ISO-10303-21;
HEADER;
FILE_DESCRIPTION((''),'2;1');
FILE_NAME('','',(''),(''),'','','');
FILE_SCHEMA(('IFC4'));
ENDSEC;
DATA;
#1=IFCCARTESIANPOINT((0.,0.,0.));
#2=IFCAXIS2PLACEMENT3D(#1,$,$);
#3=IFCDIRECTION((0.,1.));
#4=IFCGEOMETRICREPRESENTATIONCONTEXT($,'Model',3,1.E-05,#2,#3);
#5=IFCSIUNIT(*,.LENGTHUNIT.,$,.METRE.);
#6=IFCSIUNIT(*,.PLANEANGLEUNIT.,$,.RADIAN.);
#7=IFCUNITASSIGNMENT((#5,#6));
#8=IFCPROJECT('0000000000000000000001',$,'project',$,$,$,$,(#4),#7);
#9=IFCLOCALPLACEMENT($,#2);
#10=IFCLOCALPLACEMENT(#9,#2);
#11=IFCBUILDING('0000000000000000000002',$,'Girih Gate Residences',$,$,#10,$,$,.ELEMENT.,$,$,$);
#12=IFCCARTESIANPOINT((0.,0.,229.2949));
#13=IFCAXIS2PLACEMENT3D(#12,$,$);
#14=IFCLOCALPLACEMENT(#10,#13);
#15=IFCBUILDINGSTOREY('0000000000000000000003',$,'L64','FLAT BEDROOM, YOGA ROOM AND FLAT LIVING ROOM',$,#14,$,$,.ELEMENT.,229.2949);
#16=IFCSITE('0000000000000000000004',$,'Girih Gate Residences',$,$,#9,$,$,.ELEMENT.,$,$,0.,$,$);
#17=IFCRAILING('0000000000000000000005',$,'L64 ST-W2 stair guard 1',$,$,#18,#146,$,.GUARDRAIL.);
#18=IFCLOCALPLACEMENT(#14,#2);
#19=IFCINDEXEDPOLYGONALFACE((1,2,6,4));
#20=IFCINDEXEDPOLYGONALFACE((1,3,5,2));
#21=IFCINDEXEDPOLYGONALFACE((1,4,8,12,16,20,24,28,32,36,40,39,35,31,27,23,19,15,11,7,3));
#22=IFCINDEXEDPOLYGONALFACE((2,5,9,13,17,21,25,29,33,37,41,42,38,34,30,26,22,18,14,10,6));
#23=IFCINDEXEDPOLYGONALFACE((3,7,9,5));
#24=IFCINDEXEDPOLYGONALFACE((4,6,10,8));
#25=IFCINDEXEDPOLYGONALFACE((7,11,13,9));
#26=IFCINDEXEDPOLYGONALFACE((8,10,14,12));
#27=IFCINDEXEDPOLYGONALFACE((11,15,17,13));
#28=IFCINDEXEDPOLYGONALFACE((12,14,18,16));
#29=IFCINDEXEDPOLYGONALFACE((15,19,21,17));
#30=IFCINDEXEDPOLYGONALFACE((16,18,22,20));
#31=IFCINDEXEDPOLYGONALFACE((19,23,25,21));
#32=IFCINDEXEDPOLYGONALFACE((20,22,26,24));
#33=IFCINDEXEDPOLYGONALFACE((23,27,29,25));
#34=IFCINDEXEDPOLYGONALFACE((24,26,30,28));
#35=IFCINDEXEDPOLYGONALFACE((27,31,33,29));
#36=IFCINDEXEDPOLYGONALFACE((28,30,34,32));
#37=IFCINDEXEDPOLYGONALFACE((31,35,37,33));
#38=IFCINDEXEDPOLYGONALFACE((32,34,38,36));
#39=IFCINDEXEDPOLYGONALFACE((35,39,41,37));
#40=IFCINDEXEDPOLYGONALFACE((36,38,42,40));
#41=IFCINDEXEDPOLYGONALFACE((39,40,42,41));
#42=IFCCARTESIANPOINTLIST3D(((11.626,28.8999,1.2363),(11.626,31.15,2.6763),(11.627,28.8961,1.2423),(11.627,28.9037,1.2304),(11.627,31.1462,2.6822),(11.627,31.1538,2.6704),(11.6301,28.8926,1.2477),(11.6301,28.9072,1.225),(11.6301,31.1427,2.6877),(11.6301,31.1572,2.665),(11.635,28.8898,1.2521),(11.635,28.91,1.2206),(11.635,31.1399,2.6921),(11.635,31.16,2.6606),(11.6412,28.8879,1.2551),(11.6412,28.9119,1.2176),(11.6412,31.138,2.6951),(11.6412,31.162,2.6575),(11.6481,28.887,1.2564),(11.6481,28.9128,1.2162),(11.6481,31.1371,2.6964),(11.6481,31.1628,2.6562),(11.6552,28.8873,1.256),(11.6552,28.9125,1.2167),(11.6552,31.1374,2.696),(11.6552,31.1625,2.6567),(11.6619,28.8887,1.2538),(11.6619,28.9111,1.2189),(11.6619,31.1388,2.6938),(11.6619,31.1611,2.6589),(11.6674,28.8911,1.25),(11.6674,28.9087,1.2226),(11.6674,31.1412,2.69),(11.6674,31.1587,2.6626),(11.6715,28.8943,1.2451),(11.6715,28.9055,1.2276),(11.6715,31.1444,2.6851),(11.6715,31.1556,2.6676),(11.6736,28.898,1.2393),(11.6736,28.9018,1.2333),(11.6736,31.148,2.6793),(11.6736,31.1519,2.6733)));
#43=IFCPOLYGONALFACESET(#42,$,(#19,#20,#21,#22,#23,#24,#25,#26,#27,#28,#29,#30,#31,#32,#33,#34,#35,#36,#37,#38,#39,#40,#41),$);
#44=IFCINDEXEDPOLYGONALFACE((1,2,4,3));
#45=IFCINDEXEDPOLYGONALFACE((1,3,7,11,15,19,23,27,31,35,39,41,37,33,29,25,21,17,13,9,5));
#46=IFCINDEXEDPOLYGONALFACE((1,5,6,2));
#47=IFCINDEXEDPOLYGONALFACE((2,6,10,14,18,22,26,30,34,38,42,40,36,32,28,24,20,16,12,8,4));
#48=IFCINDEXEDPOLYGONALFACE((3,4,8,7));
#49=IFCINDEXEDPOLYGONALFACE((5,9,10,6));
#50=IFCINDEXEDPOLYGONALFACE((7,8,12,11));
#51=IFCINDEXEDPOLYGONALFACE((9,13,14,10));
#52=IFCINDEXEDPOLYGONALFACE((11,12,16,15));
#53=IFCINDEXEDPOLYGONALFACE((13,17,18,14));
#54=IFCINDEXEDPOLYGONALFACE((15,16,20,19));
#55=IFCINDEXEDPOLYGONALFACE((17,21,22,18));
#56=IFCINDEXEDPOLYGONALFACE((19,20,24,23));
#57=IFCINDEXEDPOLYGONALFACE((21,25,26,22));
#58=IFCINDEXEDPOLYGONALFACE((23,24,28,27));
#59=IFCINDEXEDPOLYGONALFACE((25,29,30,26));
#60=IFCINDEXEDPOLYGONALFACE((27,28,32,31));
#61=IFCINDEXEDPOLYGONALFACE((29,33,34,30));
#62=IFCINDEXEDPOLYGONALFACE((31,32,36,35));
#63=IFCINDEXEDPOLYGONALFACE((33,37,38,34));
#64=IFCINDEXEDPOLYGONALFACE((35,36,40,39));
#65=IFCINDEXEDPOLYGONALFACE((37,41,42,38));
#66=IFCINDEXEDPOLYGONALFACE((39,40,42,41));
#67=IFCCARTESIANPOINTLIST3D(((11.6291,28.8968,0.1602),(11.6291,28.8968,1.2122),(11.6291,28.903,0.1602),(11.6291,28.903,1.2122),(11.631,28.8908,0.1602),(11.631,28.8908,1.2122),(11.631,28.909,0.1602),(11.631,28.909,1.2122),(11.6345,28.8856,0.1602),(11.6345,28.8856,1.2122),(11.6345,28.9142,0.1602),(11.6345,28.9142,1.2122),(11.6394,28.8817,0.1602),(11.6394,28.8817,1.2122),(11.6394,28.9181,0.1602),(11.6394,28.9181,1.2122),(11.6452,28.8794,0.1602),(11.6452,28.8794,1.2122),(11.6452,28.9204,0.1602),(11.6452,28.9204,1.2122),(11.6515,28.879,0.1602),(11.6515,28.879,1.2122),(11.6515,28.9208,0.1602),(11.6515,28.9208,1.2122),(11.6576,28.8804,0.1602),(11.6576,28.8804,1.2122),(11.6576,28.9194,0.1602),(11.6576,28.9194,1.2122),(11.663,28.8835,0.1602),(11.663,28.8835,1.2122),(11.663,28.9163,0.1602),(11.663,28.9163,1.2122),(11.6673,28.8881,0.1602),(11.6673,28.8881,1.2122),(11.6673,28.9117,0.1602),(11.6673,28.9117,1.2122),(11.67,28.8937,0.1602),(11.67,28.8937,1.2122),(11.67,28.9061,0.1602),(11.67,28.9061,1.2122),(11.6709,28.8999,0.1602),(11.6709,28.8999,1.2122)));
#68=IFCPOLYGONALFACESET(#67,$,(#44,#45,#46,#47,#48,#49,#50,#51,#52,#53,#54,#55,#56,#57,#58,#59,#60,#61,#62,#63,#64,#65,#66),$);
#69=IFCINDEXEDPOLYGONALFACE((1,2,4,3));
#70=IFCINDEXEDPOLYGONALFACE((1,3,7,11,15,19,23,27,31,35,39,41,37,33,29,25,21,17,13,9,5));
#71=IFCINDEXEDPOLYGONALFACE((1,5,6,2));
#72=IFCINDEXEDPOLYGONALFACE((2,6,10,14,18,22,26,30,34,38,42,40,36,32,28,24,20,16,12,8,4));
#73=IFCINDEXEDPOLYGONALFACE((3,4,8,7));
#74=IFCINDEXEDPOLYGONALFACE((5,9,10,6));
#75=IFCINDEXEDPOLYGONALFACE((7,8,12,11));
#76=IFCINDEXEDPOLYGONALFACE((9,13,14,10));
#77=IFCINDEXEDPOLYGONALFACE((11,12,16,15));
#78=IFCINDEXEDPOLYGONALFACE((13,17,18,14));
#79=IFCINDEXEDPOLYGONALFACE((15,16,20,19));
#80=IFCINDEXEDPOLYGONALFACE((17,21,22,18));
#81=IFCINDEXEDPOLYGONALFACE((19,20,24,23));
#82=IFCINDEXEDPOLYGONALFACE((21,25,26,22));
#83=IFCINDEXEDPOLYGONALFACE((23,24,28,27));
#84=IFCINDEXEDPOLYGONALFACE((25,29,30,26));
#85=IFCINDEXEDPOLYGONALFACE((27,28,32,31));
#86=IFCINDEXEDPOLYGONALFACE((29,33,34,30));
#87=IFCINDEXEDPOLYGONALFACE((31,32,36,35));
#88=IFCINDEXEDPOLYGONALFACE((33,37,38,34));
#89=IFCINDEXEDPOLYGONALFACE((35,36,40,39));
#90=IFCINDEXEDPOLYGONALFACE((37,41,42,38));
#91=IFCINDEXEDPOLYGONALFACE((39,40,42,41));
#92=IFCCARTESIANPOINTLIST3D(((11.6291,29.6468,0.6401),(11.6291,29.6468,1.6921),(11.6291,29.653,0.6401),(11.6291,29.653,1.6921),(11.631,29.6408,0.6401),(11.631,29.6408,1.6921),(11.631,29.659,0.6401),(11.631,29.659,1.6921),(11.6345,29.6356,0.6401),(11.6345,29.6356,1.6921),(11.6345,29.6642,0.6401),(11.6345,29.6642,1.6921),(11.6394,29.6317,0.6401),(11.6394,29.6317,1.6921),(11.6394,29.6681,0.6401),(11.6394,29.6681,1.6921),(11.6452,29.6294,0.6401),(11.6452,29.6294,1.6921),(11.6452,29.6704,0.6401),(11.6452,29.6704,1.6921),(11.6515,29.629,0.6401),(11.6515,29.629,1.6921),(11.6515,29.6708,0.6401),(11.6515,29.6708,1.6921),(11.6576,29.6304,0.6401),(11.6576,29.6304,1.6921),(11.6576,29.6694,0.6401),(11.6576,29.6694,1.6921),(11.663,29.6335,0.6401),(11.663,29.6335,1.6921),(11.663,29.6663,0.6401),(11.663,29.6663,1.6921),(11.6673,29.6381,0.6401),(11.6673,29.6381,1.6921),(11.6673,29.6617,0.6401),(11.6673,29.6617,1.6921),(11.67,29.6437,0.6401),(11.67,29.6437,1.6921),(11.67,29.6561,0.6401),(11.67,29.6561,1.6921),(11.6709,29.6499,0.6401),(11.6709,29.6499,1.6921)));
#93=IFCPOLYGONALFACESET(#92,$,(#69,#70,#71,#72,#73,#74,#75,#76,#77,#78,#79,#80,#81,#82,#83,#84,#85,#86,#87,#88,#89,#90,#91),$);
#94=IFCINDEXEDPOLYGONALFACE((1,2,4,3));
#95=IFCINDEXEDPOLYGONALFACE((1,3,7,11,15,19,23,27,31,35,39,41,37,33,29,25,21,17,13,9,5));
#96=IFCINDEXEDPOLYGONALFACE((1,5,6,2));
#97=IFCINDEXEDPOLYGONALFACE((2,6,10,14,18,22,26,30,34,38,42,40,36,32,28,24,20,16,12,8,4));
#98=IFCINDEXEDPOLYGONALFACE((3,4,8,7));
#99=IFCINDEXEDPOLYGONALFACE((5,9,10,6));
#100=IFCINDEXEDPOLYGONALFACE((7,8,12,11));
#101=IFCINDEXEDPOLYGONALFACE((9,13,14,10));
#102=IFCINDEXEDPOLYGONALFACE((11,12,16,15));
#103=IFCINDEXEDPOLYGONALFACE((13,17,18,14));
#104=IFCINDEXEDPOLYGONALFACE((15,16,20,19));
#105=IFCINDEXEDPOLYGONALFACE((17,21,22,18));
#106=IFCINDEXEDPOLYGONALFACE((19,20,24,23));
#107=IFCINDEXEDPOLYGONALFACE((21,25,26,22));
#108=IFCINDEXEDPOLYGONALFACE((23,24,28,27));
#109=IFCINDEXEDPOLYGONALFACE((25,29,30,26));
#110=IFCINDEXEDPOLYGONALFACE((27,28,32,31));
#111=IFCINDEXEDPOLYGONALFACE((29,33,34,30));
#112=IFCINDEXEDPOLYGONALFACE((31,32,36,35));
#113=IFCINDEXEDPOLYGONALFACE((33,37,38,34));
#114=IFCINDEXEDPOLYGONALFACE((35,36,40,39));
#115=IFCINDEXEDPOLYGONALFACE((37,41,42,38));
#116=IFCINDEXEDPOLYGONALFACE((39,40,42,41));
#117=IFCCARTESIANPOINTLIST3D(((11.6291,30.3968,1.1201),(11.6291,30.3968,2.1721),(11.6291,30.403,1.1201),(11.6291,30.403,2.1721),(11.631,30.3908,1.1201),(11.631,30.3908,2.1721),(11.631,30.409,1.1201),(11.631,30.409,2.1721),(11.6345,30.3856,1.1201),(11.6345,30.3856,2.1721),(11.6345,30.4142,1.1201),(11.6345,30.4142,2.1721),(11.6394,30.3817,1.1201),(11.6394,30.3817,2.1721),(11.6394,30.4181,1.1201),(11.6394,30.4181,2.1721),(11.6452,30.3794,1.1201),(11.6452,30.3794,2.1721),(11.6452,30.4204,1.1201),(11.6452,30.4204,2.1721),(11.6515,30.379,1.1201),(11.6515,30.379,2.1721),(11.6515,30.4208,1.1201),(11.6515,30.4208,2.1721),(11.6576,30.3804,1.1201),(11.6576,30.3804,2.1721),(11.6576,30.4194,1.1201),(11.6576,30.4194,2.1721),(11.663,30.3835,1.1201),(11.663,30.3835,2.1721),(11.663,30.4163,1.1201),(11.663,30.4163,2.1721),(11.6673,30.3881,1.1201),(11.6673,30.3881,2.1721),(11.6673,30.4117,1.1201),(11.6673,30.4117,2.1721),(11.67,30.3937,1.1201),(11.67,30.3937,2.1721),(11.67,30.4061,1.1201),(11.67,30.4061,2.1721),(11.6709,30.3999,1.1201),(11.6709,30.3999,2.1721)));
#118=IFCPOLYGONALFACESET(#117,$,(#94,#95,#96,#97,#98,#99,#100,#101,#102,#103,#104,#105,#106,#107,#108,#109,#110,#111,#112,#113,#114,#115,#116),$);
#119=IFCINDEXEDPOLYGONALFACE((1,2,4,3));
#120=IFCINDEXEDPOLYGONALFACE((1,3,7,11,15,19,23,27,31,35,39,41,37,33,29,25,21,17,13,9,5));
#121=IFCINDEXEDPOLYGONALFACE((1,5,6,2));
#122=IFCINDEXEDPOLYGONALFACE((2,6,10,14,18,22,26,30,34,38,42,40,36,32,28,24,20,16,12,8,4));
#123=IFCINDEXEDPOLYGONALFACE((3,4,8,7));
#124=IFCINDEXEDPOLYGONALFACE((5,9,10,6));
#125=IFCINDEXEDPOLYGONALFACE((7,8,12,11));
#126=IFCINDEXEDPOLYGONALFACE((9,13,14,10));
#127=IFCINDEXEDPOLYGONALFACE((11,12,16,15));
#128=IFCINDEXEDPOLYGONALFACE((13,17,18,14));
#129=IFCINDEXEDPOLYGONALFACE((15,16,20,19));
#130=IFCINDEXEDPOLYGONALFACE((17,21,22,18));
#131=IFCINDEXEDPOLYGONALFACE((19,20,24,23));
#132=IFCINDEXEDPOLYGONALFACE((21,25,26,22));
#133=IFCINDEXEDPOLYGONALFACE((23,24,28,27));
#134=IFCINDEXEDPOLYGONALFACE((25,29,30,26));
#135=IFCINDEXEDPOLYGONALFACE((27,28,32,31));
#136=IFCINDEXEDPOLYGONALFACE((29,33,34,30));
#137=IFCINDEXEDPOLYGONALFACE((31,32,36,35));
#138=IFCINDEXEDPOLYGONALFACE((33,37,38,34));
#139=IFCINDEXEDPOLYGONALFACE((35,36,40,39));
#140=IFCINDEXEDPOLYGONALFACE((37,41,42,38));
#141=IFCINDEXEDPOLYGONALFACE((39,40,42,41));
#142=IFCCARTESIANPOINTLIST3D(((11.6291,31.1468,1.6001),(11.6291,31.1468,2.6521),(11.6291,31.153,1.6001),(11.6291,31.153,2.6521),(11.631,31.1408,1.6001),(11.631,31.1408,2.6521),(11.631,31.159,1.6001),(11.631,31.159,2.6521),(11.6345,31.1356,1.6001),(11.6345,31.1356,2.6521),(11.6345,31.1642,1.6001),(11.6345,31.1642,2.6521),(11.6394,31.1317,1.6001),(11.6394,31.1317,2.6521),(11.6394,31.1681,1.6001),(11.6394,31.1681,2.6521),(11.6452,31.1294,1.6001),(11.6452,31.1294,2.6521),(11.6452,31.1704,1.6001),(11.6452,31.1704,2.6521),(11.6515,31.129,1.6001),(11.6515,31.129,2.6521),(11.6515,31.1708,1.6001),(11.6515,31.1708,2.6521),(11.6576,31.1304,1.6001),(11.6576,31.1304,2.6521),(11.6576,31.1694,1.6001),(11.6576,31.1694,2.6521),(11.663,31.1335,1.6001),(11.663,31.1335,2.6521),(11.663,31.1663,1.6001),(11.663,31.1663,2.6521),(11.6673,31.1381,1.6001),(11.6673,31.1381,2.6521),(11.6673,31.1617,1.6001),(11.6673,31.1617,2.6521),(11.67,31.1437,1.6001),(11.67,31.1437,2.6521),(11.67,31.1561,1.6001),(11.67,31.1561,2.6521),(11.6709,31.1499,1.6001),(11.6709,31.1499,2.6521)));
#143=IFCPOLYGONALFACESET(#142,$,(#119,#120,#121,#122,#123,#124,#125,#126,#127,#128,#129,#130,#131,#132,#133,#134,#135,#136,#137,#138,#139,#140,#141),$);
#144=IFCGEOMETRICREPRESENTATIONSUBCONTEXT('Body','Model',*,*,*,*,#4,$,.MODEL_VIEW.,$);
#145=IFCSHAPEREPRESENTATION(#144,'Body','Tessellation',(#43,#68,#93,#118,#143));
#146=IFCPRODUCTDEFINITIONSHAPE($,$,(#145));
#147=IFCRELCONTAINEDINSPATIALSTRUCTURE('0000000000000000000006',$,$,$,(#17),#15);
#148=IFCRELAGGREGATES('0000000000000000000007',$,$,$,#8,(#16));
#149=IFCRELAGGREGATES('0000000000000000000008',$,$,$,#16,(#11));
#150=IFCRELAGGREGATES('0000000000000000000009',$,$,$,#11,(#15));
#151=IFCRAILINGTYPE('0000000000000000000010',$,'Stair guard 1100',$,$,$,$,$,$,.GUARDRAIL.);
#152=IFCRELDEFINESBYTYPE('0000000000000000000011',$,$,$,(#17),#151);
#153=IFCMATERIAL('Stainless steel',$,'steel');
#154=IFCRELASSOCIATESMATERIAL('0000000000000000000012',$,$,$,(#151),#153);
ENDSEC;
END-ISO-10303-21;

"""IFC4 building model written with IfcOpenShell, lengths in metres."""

from ifc_helpers import new_model, si_unit, direction, frame, origin, origin_2d, place, context, subcontext, project, spatial, circle, extrude, material, type_object, element, save


model = new_model("IFC4")

# Units and contexts
model_context = context("Model", 3, precision=1e-05, world=origin(), true_north=direction((0.0, 1.0)))
body_context = subcontext(model_context, "Body", "Model", "MODEL_VIEW")
ifc_project = project(units=[si_unit("LENGTHUNIT", "METRE"), si_unit("PLANEANGLEUNIT", "RADIAN")], contexts=[model_context])

# Site, building, storey
site_placement = place(None, origin())
site = spatial("IfcSite", under=ifc_project, at=site_placement, Name="Girih Gate Residences", CompositionType="ELEMENT", RefElevation=0.0)
building_placement = place(site_placement, origin())
building = spatial("IfcBuilding", under=site, at=building_placement, Name="Girih Gate Residences", CompositionType="ELEMENT")
storey_placement = place(building_placement, frame((0.0, 0.0, 229.2949)))
storey = spatial("IfcBuildingStorey", under=building, at=storey_placement, Name="L64", Description="FLAT BEDROOM, YOGA ROOM AND FLAT LIVING ROOM", CompositionType="ELEMENT", Elevation=229.2949)

# Railing
ifc_material_1 = material(Name="Stainless steel", Category="steel")
railing_type_1 = type_object("IfcRailingType", Name="Stair guard 1100", PredefinedType="GUARDRAIL", material=ifc_material_1)
railing_1_placement = place(storey_placement, frame((11.6499, 28.8999, 0.1602)))
element("IfcRailing", 1, at=railing_1_placement, inside=storey, type_object=railing_type_1, Name="L64 ST-W2 stair guard 1", PredefinedType="GUARDRAIL", context=body_context, shape_type="SweptSolid", body=[
    extrude(circle(Radius=0.0239, at=origin_2d()), frame((0.0, 0.0, 1.0762), z_axis=(0.0, 0.842281, 0.539038), x_axis=(-1.0, 0.0, 0.0)), (0.0, 0.0, 1.0), 2.6714),
    extrude(circle(Radius=0.021, at=origin_2d()), origin(), (0.0, 0.0, 1.0), 1.052),
    extrude(circle(Radius=0.021, at=origin_2d()), frame((0.0, 0.75, 0.48)), (0.0, 0.0, 1.0), 1.052),
    extrude(circle(Radius=0.021, at=origin_2d()), frame((0.0, 1.5, 0.96)), (0.0, 0.0, 1.0), 1.052),
    extrude(circle(Radius=0.021, at=origin_2d()), frame((0.0, 2.25, 1.4399)), (0.0, 0.0, 1.0), 1.052),
])

save(model, "model.ifc")
